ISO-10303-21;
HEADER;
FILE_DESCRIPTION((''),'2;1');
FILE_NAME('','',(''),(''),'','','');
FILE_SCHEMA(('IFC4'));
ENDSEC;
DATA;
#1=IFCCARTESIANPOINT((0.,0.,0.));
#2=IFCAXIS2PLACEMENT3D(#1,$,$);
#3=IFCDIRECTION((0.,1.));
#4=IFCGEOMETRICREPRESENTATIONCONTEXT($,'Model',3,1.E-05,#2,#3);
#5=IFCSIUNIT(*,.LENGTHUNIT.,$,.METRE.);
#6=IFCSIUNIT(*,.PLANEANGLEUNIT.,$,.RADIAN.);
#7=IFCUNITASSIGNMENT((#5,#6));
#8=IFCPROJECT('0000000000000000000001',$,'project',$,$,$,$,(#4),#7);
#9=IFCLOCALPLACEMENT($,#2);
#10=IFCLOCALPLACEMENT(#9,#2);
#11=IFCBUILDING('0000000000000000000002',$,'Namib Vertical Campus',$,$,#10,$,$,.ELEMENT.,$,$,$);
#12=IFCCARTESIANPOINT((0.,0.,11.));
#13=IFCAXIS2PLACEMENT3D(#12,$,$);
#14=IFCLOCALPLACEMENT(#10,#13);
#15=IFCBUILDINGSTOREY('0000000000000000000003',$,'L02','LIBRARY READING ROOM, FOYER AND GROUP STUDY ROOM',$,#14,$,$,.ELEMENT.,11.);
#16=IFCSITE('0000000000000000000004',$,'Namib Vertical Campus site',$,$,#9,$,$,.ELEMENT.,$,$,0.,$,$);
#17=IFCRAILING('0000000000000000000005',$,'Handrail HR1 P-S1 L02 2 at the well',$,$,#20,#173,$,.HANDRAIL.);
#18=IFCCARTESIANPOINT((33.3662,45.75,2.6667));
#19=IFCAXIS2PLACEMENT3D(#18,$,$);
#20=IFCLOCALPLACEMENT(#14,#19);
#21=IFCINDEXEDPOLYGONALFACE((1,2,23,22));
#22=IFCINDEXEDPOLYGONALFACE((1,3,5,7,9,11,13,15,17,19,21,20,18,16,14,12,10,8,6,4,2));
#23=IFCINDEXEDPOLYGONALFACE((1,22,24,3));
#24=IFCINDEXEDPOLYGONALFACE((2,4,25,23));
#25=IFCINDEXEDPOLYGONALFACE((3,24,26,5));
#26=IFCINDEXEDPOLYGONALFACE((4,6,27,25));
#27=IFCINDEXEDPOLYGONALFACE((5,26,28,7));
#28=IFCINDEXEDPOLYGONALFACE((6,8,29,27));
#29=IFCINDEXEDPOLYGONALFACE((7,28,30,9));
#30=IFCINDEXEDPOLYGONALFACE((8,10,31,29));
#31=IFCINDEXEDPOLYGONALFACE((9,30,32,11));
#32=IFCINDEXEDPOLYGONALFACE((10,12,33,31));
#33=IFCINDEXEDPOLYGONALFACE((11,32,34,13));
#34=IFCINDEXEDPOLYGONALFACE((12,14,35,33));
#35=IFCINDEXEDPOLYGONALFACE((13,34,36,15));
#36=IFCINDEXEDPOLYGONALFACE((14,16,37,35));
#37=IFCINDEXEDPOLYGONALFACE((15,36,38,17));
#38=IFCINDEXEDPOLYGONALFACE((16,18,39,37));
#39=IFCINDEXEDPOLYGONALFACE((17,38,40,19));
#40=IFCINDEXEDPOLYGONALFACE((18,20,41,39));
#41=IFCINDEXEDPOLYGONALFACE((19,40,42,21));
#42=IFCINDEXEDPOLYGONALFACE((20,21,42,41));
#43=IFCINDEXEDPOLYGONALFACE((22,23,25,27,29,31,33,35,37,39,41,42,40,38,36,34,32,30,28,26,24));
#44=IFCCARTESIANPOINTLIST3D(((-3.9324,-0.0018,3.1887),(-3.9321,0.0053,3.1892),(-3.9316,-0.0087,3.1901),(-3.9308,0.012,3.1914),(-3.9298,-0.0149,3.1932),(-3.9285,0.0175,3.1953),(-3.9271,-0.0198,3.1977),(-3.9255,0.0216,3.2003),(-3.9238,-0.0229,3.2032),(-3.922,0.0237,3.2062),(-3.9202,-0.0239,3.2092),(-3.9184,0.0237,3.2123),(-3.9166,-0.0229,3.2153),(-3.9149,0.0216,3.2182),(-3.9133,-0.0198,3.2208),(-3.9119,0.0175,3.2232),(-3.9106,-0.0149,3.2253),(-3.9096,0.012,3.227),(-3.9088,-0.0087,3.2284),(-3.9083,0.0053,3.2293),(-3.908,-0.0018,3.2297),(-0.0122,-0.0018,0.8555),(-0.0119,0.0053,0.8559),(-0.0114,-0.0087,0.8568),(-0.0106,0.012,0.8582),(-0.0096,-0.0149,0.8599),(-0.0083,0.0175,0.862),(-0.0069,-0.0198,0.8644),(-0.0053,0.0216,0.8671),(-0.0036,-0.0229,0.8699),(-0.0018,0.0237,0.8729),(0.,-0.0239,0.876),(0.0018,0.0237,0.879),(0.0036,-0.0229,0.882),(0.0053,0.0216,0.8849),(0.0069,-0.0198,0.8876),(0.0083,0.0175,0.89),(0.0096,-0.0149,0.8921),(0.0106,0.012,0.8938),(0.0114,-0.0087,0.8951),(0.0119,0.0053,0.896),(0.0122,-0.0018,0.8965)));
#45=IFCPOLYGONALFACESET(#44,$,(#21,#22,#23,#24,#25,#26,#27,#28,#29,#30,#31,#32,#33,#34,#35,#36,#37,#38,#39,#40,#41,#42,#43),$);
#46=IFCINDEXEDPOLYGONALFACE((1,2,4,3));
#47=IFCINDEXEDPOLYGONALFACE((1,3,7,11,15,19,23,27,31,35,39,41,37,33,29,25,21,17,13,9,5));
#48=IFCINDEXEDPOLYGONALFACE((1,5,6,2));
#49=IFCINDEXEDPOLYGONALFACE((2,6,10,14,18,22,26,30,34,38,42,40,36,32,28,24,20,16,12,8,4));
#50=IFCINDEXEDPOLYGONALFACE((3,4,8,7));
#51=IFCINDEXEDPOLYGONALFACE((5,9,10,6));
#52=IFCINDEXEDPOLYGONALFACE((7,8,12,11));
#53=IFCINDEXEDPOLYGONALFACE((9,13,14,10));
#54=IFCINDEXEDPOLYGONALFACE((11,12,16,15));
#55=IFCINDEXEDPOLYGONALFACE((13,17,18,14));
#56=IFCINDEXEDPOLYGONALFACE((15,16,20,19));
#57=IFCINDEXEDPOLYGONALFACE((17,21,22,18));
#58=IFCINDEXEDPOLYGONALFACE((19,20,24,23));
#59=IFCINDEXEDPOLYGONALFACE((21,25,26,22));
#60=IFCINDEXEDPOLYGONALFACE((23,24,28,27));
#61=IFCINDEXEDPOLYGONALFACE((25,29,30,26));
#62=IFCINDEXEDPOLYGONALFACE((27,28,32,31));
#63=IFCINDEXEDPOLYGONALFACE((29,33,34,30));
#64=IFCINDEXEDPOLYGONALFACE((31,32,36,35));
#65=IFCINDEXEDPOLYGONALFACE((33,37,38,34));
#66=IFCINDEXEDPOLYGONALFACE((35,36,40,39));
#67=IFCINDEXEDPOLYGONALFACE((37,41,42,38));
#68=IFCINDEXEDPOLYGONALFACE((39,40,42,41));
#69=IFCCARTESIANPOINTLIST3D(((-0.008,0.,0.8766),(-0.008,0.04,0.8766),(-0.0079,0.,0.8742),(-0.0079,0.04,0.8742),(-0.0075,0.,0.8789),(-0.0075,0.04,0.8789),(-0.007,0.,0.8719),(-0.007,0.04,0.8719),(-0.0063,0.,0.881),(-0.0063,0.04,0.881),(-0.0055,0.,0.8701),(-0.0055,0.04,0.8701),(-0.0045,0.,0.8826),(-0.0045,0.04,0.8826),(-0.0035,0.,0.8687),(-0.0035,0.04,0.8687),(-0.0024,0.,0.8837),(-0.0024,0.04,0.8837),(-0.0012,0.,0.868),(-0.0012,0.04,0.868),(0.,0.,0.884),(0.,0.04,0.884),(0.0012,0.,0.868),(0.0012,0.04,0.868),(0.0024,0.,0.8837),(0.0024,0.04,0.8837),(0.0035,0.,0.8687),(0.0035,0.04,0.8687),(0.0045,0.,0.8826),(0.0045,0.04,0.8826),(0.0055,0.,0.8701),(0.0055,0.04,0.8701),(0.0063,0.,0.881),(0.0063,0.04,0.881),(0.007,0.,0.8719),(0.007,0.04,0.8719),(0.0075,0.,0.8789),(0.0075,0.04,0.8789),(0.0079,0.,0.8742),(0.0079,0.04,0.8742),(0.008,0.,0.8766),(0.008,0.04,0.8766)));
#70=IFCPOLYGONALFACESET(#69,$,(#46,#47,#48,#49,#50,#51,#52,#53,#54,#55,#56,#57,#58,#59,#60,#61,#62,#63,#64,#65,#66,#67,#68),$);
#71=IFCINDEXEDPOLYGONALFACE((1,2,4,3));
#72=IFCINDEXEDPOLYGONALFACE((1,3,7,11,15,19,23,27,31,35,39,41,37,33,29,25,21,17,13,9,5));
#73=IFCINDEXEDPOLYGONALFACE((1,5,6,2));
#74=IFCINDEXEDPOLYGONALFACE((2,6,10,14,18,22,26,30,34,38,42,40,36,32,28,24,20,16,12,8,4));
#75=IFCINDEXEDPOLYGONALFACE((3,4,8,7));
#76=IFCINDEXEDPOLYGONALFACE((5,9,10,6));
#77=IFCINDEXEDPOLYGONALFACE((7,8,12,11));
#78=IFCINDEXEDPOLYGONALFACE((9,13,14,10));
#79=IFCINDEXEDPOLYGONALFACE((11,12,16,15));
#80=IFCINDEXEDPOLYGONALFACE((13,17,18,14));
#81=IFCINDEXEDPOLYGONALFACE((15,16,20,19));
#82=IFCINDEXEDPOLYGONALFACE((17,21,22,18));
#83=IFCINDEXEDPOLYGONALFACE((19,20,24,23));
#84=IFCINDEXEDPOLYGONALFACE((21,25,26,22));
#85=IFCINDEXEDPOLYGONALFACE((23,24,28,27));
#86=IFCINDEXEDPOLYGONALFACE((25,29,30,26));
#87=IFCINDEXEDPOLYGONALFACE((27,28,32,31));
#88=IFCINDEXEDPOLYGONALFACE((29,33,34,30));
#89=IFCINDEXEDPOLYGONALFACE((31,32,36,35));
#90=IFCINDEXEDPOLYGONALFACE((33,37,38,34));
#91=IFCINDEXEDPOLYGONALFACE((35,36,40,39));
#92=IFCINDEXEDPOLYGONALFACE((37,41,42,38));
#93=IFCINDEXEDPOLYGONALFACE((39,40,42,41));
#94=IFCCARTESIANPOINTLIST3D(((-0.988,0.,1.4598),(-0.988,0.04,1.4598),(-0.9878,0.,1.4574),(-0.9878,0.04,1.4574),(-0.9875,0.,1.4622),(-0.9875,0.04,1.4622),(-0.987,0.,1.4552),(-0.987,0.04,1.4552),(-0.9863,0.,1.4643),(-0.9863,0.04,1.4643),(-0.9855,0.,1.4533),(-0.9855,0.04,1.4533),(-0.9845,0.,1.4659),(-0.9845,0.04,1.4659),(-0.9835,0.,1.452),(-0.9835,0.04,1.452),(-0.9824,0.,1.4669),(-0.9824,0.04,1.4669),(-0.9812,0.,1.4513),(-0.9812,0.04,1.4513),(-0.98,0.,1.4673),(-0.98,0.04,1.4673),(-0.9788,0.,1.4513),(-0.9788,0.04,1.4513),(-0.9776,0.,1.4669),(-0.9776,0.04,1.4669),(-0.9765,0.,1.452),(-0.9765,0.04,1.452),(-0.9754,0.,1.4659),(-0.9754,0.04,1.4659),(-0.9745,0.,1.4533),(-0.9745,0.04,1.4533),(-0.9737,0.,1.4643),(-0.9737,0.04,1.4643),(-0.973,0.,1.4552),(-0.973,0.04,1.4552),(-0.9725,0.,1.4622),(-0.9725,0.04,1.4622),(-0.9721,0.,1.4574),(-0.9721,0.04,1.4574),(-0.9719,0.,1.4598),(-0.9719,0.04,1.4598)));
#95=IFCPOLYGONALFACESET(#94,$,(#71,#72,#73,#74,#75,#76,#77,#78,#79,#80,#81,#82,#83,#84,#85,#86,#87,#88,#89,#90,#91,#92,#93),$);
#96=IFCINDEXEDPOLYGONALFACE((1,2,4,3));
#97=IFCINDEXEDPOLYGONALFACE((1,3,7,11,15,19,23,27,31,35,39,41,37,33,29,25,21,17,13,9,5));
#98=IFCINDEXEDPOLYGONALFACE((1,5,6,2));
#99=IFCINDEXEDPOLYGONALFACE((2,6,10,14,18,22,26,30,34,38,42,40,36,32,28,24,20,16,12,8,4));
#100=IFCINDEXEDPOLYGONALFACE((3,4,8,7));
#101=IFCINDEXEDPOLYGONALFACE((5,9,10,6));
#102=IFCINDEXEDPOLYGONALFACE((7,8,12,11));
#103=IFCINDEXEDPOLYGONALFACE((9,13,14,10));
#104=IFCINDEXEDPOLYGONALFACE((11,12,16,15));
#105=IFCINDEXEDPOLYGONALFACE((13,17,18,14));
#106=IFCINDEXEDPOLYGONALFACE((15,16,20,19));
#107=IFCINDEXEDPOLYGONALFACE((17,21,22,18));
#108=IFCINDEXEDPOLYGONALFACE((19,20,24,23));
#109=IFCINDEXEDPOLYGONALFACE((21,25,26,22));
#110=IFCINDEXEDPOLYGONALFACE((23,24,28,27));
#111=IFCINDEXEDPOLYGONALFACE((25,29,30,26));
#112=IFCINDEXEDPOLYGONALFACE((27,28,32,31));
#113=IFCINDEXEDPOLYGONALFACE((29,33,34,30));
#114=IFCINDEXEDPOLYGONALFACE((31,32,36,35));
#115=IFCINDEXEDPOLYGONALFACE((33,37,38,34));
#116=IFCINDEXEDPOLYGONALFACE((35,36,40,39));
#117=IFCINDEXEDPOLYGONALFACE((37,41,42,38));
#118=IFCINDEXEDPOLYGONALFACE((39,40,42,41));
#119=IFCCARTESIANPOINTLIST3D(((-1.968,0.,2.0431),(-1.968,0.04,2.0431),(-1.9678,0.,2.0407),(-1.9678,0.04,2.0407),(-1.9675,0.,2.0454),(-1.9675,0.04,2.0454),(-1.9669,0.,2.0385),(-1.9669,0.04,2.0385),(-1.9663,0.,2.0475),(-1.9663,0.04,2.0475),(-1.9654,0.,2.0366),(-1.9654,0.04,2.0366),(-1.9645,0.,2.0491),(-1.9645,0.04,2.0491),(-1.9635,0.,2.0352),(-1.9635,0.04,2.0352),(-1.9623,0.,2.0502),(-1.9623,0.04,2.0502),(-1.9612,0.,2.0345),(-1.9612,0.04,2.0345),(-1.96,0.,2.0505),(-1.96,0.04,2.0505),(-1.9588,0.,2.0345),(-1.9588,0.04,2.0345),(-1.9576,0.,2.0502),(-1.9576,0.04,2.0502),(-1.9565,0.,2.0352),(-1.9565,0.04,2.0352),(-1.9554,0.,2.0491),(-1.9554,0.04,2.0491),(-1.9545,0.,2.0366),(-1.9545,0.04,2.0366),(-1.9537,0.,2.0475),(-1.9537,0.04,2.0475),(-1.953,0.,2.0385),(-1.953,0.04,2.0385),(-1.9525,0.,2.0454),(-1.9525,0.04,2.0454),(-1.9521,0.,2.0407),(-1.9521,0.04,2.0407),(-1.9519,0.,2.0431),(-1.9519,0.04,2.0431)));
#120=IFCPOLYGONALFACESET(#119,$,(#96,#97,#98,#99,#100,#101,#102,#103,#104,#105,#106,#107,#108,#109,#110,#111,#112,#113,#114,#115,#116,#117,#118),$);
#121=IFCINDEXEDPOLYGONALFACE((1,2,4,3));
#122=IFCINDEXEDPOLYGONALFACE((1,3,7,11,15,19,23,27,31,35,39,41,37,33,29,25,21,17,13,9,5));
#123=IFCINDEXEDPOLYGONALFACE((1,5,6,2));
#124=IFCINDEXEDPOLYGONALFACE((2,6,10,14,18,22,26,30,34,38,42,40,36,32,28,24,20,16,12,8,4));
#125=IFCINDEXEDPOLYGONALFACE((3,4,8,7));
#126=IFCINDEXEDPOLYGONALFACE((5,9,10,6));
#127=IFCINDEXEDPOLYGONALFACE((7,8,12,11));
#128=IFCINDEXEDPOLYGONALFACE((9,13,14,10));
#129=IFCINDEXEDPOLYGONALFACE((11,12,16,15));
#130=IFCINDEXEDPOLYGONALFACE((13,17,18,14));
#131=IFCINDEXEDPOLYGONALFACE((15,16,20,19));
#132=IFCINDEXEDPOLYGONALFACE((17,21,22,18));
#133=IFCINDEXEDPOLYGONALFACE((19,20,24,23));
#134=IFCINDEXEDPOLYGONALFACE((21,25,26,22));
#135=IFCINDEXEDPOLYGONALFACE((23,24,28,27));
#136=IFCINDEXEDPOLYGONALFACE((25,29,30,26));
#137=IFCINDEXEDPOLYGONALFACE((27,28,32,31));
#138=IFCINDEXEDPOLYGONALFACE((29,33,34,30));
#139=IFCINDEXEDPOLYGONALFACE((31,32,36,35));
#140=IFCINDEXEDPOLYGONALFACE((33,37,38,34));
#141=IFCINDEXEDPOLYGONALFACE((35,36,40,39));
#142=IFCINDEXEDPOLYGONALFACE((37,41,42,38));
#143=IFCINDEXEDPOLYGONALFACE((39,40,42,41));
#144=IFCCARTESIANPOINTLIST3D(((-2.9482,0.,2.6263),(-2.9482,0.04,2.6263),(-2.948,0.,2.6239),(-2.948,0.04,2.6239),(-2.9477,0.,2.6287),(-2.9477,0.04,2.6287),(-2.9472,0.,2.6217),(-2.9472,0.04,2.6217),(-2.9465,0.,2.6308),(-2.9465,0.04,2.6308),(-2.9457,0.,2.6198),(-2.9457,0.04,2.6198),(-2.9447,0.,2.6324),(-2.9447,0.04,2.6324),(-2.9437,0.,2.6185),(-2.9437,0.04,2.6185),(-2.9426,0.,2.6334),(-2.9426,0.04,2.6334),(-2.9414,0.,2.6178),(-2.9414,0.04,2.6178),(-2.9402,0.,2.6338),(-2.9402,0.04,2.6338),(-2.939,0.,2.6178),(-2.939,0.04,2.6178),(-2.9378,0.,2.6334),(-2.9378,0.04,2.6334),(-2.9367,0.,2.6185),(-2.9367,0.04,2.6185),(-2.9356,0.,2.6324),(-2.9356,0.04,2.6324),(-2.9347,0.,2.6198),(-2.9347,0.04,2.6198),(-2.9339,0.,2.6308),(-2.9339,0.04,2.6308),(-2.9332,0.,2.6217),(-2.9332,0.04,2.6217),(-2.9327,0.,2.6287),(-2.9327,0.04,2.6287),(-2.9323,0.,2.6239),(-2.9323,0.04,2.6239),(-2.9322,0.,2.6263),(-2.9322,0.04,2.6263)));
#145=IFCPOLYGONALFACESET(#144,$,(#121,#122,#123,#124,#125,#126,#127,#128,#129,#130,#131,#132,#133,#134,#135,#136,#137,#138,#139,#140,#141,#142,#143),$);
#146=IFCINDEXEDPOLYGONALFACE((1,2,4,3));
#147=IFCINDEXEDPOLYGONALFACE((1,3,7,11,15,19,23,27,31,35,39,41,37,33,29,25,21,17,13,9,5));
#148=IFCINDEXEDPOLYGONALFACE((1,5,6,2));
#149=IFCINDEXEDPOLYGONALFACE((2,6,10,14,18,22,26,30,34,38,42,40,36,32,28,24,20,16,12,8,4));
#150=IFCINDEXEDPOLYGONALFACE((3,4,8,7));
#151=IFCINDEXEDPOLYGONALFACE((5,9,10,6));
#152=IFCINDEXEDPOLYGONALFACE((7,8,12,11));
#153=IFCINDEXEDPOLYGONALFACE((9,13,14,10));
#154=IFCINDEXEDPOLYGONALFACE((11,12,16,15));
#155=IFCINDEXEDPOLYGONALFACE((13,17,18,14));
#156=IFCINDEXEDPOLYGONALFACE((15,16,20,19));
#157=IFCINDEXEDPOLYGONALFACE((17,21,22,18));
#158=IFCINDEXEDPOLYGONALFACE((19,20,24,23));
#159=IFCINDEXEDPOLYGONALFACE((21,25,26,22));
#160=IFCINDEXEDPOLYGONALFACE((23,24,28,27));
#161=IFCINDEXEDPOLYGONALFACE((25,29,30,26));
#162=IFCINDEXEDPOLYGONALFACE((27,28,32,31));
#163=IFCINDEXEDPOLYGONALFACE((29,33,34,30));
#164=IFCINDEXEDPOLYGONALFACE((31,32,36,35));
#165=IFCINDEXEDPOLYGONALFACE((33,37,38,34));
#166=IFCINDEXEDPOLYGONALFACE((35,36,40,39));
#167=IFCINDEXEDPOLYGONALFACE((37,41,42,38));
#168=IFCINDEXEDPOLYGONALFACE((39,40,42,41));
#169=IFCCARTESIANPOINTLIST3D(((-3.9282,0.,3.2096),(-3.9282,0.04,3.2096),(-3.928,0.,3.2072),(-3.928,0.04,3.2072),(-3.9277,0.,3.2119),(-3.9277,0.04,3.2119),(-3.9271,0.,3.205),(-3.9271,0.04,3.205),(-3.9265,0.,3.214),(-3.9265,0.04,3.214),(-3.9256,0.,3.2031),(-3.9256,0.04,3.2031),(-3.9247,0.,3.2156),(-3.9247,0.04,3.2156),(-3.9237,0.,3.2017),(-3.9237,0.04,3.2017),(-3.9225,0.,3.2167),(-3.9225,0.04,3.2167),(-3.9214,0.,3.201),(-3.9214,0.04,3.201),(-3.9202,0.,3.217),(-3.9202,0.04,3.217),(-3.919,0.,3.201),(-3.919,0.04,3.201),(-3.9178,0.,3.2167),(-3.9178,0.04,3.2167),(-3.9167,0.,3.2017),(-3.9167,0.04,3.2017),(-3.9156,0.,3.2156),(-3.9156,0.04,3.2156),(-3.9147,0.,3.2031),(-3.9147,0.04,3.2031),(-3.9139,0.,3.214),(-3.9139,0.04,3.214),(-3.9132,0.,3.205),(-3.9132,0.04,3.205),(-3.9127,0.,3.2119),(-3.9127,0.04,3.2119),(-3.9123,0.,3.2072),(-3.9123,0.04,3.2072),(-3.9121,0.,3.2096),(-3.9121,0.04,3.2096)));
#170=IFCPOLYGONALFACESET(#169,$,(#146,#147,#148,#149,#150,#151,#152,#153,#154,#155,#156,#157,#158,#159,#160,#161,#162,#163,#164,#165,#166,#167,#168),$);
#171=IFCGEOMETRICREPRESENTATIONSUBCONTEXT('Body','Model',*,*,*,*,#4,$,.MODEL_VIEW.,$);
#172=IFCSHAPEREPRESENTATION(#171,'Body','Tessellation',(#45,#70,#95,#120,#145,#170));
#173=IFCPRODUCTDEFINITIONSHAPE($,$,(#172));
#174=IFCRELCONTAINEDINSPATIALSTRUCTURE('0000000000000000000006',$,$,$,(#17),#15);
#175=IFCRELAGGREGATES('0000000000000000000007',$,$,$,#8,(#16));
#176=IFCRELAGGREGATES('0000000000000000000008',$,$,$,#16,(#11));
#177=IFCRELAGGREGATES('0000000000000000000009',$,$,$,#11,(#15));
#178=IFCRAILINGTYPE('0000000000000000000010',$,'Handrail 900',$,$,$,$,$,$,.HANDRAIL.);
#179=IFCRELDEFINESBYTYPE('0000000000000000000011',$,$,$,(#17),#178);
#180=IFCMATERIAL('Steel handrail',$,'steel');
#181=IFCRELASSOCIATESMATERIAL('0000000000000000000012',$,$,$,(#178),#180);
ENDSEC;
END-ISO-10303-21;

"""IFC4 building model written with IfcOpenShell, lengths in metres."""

from ifc_helpers import new_model, si_unit, direction, frame, origin, origin_2d, place, context, subcontext, project, spatial, circle, extrude, material, type_object, element, save


model = new_model("IFC4")

# Units and contexts
model_context = context("Model", 3, precision=1e-05, world=origin(), true_north=direction((0.0, 1.0)))
body_context = subcontext(model_context, "Body", "Model", "MODEL_VIEW")
ifc_project = project(units=[si_unit("LENGTHUNIT", "METRE"), si_unit("PLANEANGLEUNIT", "RADIAN")], contexts=[model_context])

# Site, building, storey
site_placement = place(None, origin())
site = spatial("IfcSite", under=ifc_project, at=site_placement, Name="Namib Vertical Campus site", CompositionType="ELEMENT", RefElevation=0.0)
building_placement = place(site_placement, origin())
building = spatial("IfcBuilding", under=site, at=building_placement, Name="Namib Vertical Campus", CompositionType="ELEMENT")
storey_placement = place(building_placement, frame((0.0, 0.0, 11.0)))
storey = spatial("IfcBuildingStorey", under=building, at=storey_placement, Name="L02", Description="LIBRARY READING ROOM, FOYER AND GROUP STUDY ROOM", CompositionType="ELEMENT", Elevation=11.0)

# Railing
ifc_material_1 = material(Name="Steel handrail", Category="steel")
railing_type_1 = type_object("IfcRailingType", Name="Handrail 900", PredefinedType="HANDRAIL", material=ifc_material_1)
railing_1_placement = place(storey_placement, frame((33.3662, 45.75, 2.6667)))
element("IfcRailing", 1, at=railing_1_placement, inside=storey, type_object=railing_type_1, Name="Handrail HR1 P-S1 L02 2 at the well", PredefinedType="HANDRAIL", context=body_context, shape_type="SweptSolid", body=[
    extrude(circle(Radius=0.0239, at=origin_2d()), frame((0.0, 0.0, 0.876), z_axis=(-0.85931, 0.0, 0.511455), x_axis=(0.0, -1.0, 0.0)), (0.0, 0.0, 1.0), 4.562),
    extrude(circle(Radius=0.0081, at=origin_2d()), frame((0.0, 0.0, 0.876), z_axis=(0.0, 1.0, 0.0), x_axis=(0.0, 0.0, 1.0)), (0.0, 0.0, 1.0), 0.04),
    extrude(circle(Radius=0.0081, at=origin_2d()), frame((-0.98, 0.0, 1.4592), z_axis=(0.0, 1.0, 0.0), x_axis=(0.0, 0.0, 1.0)), (0.0, 0.0, 1.0), 0.04),
    extrude(circle(Radius=0.0081, at=origin_2d()), frame((-1.96, 0.0, 2.0425), z_axis=(0.0, 1.0, 0.0), x_axis=(0.0, 0.0, 1.0)), (0.0, 0.0, 1.0), 0.04),
    extrude(circle(Radius=0.0081, at=origin_2d()), frame((-2.9402, 0.0, 2.6257), z_axis=(0.0, 1.0, 0.0), x_axis=(0.0, 0.0, 1.0)), (0.0, 0.0, 1.0), 0.04),
    extrude(circle(Radius=0.0081, at=origin_2d()), frame((-3.9202, 0.0, 3.209), z_axis=(0.0, 1.0, 0.0), x_axis=(0.0, 0.0, 1.0)), (0.0, 0.0, 1.0), 0.04),
])

save(model, "model.ifc")
